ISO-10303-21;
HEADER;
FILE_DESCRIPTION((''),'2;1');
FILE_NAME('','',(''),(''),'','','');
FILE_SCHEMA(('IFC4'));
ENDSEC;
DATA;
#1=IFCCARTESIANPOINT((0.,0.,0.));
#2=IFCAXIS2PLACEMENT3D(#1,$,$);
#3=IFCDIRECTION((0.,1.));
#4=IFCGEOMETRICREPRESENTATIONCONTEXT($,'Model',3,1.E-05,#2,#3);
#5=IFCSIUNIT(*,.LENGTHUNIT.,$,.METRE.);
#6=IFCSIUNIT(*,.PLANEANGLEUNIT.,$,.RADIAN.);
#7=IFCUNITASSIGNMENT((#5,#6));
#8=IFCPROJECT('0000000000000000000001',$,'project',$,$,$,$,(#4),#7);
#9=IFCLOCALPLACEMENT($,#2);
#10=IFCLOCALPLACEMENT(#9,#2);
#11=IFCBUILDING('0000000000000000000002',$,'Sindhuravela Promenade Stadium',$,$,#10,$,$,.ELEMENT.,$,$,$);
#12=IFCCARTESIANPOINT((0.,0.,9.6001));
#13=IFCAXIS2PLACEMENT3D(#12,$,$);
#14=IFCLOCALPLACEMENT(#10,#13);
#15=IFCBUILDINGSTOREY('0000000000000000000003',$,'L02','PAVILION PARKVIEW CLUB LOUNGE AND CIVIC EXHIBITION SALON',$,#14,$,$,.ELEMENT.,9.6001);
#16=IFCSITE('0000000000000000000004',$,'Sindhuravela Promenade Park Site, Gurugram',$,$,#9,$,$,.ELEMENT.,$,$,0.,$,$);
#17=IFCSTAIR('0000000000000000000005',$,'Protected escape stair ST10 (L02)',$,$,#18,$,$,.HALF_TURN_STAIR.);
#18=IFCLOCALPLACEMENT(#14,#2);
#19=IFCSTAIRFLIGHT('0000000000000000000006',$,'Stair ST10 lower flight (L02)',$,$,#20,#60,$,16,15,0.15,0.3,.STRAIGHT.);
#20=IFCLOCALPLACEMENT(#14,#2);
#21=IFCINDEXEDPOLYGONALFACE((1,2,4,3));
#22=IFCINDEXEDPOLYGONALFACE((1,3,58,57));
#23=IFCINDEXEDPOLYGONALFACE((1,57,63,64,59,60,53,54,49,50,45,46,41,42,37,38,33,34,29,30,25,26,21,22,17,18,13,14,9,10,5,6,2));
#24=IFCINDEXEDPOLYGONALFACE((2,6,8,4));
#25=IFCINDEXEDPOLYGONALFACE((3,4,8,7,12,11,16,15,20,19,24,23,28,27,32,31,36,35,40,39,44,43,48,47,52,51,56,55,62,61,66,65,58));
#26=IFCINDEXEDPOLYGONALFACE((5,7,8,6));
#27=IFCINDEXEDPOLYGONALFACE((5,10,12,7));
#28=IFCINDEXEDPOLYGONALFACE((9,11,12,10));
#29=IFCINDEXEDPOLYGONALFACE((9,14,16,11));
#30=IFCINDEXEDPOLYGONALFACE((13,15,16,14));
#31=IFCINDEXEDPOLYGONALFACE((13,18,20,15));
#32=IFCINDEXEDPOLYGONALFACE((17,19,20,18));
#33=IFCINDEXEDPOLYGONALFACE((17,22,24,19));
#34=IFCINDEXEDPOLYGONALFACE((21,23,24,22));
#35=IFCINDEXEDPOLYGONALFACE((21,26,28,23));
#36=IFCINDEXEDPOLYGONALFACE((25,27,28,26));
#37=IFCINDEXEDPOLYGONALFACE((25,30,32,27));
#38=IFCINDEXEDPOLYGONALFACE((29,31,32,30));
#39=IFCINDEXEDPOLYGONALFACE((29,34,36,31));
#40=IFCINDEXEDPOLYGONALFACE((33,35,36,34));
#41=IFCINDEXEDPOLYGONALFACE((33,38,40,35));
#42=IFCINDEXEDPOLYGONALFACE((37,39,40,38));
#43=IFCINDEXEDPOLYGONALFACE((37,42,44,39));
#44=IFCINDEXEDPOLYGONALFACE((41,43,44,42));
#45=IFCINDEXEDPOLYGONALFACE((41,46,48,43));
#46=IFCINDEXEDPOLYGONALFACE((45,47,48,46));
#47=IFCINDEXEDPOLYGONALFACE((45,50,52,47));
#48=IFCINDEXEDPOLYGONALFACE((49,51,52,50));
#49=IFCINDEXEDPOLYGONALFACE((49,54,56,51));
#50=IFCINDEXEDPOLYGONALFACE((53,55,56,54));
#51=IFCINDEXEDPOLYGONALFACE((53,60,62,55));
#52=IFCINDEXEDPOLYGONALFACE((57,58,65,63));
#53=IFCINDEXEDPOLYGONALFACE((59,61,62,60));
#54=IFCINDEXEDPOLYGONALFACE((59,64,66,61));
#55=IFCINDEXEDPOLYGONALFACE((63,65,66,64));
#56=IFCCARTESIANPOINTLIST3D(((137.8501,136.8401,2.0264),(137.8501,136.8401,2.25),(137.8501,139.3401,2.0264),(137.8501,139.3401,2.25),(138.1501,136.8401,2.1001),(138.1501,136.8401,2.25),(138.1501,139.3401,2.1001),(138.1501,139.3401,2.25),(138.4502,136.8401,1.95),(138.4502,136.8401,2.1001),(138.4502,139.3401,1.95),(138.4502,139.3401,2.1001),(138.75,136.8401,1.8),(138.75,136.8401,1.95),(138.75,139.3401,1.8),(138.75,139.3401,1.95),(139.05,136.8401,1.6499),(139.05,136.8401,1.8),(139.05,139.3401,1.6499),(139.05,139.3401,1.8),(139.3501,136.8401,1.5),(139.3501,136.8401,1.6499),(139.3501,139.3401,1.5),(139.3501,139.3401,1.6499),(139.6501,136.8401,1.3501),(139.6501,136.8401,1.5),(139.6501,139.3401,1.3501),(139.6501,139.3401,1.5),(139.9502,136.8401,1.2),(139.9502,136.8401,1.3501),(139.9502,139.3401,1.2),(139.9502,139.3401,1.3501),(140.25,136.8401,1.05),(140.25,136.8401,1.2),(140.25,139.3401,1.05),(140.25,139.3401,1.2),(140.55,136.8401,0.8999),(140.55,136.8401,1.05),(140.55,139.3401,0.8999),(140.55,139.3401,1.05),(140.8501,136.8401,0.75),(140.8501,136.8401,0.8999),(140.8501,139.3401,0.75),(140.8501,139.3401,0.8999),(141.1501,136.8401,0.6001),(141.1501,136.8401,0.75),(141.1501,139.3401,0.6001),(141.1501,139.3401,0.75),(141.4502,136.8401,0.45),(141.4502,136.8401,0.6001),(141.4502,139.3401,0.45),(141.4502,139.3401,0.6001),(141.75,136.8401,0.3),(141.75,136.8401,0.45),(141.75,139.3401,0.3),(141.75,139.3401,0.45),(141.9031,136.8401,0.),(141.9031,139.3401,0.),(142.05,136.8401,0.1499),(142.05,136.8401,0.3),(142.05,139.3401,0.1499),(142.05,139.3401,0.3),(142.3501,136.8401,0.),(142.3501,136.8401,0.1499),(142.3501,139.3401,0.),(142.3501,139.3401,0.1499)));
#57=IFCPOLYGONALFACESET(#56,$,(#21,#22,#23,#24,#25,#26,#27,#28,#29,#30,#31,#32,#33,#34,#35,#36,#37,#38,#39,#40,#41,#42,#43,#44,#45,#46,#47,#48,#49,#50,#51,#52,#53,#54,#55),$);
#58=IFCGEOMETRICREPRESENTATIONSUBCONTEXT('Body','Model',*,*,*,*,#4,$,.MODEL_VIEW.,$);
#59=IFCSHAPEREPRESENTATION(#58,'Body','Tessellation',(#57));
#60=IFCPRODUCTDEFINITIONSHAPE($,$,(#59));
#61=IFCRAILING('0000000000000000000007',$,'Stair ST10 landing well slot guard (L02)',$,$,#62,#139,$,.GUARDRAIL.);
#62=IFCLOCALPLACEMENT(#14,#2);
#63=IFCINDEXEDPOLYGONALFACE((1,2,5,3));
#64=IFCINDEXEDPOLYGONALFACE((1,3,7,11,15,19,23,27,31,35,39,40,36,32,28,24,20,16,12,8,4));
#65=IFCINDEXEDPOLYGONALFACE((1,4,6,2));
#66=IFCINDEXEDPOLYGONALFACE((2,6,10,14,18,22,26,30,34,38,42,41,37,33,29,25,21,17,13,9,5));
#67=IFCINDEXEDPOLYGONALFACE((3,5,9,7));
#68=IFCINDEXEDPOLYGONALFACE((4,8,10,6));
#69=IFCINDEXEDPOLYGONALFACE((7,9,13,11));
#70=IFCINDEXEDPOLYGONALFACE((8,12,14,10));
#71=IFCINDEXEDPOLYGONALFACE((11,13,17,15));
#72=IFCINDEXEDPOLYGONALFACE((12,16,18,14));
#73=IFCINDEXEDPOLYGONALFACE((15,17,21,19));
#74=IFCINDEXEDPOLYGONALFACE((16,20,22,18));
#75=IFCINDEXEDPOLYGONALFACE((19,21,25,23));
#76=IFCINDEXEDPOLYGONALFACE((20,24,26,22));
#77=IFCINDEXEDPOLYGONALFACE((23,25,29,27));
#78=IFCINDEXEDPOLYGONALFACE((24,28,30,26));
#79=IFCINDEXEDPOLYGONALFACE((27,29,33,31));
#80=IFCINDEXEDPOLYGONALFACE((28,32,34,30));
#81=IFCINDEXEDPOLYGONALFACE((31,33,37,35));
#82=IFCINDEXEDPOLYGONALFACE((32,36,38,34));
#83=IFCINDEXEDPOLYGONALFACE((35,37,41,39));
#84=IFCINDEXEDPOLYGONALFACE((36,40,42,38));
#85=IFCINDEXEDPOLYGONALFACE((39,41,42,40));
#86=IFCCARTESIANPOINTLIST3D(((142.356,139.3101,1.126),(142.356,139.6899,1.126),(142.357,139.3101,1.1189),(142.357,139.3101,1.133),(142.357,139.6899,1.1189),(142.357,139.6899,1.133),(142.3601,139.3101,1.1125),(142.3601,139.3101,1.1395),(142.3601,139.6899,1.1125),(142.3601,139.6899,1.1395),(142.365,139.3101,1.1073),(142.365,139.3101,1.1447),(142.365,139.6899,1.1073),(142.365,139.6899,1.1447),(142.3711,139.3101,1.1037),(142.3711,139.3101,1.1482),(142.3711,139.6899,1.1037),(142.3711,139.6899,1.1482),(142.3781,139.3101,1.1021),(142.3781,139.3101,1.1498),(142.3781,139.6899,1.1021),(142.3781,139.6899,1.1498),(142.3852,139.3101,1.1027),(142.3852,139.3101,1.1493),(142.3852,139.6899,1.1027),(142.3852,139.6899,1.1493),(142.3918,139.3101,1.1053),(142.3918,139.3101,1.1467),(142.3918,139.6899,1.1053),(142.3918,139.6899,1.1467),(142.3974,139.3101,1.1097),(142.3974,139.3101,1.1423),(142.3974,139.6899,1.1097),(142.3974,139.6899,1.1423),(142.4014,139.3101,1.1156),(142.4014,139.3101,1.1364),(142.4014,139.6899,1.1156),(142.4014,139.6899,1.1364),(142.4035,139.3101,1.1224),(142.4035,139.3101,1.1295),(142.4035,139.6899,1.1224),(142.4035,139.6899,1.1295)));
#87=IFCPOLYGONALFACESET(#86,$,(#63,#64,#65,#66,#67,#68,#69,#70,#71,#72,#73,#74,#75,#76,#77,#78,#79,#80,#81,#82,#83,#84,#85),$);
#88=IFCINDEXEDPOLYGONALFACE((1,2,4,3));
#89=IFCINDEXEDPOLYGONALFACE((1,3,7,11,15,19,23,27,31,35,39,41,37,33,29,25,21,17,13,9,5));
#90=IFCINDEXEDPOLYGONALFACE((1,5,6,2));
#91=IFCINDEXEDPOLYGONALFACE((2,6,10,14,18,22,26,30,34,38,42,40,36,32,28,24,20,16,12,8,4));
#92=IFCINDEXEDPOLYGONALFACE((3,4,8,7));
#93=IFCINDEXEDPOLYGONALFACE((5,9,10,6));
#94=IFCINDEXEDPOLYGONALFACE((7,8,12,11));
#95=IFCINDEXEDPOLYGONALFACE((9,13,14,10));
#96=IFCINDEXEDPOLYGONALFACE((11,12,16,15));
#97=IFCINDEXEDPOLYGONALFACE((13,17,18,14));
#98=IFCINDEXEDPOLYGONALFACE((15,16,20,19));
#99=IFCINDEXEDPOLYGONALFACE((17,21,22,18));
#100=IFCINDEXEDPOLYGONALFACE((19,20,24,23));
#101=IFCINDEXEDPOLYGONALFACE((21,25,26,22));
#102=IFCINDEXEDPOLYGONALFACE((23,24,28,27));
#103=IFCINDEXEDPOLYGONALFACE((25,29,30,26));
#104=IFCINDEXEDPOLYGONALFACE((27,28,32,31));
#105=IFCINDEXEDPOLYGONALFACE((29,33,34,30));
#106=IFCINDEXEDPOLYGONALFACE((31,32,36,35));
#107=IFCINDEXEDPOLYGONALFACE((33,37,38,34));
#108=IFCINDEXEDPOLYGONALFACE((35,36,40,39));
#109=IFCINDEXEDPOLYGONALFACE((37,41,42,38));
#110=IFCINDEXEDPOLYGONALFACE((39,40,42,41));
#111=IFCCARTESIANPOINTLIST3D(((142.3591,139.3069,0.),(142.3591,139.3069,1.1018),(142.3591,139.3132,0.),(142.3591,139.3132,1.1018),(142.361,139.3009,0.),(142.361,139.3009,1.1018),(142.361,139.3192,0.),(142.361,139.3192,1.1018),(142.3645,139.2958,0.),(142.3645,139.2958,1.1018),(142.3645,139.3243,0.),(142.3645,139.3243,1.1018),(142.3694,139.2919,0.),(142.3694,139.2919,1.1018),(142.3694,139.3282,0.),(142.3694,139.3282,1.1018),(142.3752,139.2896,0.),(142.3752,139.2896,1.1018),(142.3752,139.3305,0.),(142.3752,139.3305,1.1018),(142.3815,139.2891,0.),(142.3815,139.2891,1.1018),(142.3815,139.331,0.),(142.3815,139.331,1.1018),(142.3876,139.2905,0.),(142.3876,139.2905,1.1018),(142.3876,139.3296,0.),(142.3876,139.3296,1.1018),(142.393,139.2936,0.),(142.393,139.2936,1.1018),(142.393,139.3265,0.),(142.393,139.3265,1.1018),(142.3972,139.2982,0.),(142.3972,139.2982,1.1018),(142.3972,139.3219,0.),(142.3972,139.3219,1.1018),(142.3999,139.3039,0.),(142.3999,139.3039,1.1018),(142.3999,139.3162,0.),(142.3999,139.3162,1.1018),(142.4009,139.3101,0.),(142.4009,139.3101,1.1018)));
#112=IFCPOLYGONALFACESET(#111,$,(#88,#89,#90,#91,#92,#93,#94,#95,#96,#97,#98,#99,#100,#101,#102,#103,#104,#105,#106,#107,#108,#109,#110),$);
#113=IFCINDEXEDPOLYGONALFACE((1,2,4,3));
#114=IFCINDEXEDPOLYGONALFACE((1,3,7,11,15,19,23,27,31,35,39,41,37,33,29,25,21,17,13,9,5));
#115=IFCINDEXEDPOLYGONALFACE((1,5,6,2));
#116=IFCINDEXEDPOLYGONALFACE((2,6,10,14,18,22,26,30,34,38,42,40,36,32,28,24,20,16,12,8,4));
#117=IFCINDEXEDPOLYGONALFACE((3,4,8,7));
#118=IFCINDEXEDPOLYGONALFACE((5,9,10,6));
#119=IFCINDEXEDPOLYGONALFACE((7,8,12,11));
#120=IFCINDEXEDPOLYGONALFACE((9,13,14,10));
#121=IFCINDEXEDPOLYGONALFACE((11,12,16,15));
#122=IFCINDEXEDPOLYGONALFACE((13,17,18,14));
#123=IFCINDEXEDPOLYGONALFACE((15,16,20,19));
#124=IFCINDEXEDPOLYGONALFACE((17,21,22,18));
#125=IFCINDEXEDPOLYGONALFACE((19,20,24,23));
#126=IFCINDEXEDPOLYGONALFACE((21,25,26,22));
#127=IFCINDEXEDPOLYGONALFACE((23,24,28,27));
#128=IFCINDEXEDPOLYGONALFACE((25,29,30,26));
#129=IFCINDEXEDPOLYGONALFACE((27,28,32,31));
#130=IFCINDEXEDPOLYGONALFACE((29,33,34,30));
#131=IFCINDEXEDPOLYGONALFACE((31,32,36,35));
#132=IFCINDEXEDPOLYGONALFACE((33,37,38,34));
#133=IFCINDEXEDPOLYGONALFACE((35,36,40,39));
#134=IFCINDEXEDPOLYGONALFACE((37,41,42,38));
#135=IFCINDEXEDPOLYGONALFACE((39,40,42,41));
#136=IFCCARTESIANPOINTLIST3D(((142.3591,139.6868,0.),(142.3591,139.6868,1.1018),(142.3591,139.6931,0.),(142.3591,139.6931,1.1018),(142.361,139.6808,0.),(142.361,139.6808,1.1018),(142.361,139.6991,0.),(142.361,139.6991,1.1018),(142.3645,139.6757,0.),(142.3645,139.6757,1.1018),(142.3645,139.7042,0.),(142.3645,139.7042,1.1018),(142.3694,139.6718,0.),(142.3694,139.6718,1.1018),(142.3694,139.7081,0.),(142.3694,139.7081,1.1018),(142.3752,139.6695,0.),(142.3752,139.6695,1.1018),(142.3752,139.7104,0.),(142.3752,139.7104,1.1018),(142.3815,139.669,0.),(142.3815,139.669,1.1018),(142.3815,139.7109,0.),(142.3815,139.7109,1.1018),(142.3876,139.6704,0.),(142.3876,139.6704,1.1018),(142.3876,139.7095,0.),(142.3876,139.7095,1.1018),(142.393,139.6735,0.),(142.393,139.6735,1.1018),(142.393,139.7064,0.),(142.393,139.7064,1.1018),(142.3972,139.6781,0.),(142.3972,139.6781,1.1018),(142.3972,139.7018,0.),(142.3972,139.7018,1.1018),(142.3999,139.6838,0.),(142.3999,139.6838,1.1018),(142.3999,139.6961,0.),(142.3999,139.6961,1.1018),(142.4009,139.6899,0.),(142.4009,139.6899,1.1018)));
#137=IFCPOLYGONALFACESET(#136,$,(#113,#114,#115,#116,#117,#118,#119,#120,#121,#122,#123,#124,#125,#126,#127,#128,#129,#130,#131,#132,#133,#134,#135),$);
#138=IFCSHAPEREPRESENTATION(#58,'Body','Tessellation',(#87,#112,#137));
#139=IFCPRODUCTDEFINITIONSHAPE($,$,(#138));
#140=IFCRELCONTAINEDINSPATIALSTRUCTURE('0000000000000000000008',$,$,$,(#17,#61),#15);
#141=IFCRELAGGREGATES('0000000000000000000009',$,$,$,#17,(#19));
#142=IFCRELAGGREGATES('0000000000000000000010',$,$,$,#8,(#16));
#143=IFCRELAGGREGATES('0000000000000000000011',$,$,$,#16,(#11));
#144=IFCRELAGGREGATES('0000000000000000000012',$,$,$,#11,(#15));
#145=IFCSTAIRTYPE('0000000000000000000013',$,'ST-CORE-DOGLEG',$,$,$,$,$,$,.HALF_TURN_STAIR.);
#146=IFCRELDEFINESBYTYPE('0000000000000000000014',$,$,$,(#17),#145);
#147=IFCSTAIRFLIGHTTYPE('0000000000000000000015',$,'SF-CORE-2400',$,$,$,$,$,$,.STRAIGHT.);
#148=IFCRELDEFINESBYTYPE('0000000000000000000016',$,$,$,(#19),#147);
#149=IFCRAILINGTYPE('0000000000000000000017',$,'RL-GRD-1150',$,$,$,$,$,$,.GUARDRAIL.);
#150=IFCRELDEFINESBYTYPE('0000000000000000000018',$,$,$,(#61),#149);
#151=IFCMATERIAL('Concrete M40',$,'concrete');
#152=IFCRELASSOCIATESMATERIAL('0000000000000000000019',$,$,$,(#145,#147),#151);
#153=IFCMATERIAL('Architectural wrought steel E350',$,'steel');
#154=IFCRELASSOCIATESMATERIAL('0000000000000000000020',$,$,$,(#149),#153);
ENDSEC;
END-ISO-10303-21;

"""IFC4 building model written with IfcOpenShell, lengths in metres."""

from ifc_helpers import new_model, si_unit, direction, frame, origin, origin_2d, place, context, subcontext, project, spatial, polyline, circle, outline, extrude, material, type_object, element, aggregate, save


model = new_model("IFC4")

# Units and contexts
model_context = context("Model", 3, precision=1e-05, world=origin(), true_north=direction((0.0, 1.0)))
body_context = subcontext(model_context, "Body", "Model", "MODEL_VIEW")
ifc_project = project(units=[si_unit("LENGTHUNIT", "METRE"), si_unit("PLANEANGLEUNIT", "RADIAN")], contexts=[model_context])

# Site, building, storey
site_placement = place(None, origin())
site = spatial("IfcSite", under=ifc_project, at=site_placement, Name="Sindhuravela Promenade Park Site, Gurugram", CompositionType="ELEMENT", RefElevation=0.0)
building_placement = place(site_placement, origin())
building = spatial("IfcBuilding", under=site, at=building_placement, Name="Sindhuravela Promenade Stadium", CompositionType="ELEMENT")
storey_placement = place(building_placement, frame((0.0, 0.0, 9.6001)))
storey = spatial("IfcBuildingStorey", under=building, at=storey_placement, Name="L02", Description="PAVILION PARKVIEW CLUB LOUNGE AND CIVIC EXHIBITION SALON", CompositionType="ELEMENT", Elevation=9.6001)

# Shared definitions
ifc_material_1 = material(Name="Concrete M40", Category="concrete")

# Shared definitions
ifc_material_2 = material(Name="Architectural wrought steel E350", Category="steel")

# Stair, stair flight
stair_type = type_object("IfcStairType", Name="ST-CORE-DOGLEG", PredefinedType="HALF_TURN_STAIR", material=ifc_material_1)
stair_placement = place(storey_placement, origin())
stair = element("IfcStair", 1, at=stair_placement, inside=storey, type_object=stair_type, Name="Protected escape stair ST10 (L02)", PredefinedType="HALF_TURN_STAIR")
stair_flight_type = type_object("IfcStairFlightType", Name="SF-CORE-2400", PredefinedType="STRAIGHT", material=ifc_material_1)
stair_flight_placement = place(storey_placement, frame((142.3501, 138.0901, 0.0), z_axis=(0.0, 0.0, 1.0), x_axis=(-1.0, 0.0, 0.0)))
stair_flight = element("IfcStairFlight", 2, at=stair_flight_placement, type_object=stair_flight_type, Name="Stair ST10 lower flight (L02)", NumberOfRisers=16, NumberOfTreads=15, PredefinedType="STRAIGHT", RiserHeight=0.15, TreadLength=0.3, context=body_context, shape_type="SweptSolid", body=[
    extrude(outline(polyline([(0.0, 0.0), (0.0, 0.1499), (0.3, 0.1499), (0.3, 0.3), (0.6001, 0.3), (0.6001, 0.45), (0.8999, 0.45), (0.8999, 0.6001), (1.2, 0.6001), (1.2, 0.75), (1.5, 0.75), (1.5, 0.8999), (1.8, 0.8999), (1.8, 1.05), (2.1001, 1.05), (2.1001, 1.2), (2.3999, 1.2), (2.3999, 1.3501), (2.7, 1.3501), (2.7, 1.5), (3.0, 1.5), (3.0, 1.6499), (3.3, 1.6499), (3.3, 1.8), (3.6001, 1.8), (3.6001, 1.95), (3.8999, 1.95), (3.8999, 2.1001), (4.2, 2.1001), (4.2, 2.25), (4.5, 2.25), (4.5, 2.3999), (4.5, 2.0264), (0.447, 0.0), (0.0, 0.0)])), frame((0.0, 1.25, 0.0), z_axis=(0.0, -1.0, 0.0), x_axis=(1.0, 0.0, 0.0)), (0.0, 0.0, 1.0), 2.5),
])
aggregate(stair, [stair_flight])

# Railing
railing_type_1 = type_object("IfcRailingType", Name="RL-GRD-1150", PredefinedType="GUARDRAIL", material=ifc_material_2)
railing_1_placement = place(storey_placement, frame((142.3799, 139.3101, 0.0)))
element("IfcRailing", 3, at=railing_1_placement, inside=storey, type_object=railing_type_1, Name="Stair ST10 landing well slot guard (L02)", PredefinedType="GUARDRAIL", context=body_context, shape_type="SweptSolid", body=[
    extrude(circle(Radius=0.0239, at=origin_2d()), frame((0.0, 0.0, 1.126), z_axis=(0.0, 1.0, 0.0), x_axis=(-1.0, 0.0, 0.0)), (0.0, 0.0, 1.0), 0.3799),
    extrude(circle(Radius=0.021, at=origin_2d()), origin(), (0.0, 0.0, 1.0), 1.1018),
    extrude(circle(Radius=0.021, at=origin_2d()), frame((0.0, 0.3799, 0.0)), (0.0, 0.0, 1.0), 1.1018),
])

save(model, "model.ifc")
